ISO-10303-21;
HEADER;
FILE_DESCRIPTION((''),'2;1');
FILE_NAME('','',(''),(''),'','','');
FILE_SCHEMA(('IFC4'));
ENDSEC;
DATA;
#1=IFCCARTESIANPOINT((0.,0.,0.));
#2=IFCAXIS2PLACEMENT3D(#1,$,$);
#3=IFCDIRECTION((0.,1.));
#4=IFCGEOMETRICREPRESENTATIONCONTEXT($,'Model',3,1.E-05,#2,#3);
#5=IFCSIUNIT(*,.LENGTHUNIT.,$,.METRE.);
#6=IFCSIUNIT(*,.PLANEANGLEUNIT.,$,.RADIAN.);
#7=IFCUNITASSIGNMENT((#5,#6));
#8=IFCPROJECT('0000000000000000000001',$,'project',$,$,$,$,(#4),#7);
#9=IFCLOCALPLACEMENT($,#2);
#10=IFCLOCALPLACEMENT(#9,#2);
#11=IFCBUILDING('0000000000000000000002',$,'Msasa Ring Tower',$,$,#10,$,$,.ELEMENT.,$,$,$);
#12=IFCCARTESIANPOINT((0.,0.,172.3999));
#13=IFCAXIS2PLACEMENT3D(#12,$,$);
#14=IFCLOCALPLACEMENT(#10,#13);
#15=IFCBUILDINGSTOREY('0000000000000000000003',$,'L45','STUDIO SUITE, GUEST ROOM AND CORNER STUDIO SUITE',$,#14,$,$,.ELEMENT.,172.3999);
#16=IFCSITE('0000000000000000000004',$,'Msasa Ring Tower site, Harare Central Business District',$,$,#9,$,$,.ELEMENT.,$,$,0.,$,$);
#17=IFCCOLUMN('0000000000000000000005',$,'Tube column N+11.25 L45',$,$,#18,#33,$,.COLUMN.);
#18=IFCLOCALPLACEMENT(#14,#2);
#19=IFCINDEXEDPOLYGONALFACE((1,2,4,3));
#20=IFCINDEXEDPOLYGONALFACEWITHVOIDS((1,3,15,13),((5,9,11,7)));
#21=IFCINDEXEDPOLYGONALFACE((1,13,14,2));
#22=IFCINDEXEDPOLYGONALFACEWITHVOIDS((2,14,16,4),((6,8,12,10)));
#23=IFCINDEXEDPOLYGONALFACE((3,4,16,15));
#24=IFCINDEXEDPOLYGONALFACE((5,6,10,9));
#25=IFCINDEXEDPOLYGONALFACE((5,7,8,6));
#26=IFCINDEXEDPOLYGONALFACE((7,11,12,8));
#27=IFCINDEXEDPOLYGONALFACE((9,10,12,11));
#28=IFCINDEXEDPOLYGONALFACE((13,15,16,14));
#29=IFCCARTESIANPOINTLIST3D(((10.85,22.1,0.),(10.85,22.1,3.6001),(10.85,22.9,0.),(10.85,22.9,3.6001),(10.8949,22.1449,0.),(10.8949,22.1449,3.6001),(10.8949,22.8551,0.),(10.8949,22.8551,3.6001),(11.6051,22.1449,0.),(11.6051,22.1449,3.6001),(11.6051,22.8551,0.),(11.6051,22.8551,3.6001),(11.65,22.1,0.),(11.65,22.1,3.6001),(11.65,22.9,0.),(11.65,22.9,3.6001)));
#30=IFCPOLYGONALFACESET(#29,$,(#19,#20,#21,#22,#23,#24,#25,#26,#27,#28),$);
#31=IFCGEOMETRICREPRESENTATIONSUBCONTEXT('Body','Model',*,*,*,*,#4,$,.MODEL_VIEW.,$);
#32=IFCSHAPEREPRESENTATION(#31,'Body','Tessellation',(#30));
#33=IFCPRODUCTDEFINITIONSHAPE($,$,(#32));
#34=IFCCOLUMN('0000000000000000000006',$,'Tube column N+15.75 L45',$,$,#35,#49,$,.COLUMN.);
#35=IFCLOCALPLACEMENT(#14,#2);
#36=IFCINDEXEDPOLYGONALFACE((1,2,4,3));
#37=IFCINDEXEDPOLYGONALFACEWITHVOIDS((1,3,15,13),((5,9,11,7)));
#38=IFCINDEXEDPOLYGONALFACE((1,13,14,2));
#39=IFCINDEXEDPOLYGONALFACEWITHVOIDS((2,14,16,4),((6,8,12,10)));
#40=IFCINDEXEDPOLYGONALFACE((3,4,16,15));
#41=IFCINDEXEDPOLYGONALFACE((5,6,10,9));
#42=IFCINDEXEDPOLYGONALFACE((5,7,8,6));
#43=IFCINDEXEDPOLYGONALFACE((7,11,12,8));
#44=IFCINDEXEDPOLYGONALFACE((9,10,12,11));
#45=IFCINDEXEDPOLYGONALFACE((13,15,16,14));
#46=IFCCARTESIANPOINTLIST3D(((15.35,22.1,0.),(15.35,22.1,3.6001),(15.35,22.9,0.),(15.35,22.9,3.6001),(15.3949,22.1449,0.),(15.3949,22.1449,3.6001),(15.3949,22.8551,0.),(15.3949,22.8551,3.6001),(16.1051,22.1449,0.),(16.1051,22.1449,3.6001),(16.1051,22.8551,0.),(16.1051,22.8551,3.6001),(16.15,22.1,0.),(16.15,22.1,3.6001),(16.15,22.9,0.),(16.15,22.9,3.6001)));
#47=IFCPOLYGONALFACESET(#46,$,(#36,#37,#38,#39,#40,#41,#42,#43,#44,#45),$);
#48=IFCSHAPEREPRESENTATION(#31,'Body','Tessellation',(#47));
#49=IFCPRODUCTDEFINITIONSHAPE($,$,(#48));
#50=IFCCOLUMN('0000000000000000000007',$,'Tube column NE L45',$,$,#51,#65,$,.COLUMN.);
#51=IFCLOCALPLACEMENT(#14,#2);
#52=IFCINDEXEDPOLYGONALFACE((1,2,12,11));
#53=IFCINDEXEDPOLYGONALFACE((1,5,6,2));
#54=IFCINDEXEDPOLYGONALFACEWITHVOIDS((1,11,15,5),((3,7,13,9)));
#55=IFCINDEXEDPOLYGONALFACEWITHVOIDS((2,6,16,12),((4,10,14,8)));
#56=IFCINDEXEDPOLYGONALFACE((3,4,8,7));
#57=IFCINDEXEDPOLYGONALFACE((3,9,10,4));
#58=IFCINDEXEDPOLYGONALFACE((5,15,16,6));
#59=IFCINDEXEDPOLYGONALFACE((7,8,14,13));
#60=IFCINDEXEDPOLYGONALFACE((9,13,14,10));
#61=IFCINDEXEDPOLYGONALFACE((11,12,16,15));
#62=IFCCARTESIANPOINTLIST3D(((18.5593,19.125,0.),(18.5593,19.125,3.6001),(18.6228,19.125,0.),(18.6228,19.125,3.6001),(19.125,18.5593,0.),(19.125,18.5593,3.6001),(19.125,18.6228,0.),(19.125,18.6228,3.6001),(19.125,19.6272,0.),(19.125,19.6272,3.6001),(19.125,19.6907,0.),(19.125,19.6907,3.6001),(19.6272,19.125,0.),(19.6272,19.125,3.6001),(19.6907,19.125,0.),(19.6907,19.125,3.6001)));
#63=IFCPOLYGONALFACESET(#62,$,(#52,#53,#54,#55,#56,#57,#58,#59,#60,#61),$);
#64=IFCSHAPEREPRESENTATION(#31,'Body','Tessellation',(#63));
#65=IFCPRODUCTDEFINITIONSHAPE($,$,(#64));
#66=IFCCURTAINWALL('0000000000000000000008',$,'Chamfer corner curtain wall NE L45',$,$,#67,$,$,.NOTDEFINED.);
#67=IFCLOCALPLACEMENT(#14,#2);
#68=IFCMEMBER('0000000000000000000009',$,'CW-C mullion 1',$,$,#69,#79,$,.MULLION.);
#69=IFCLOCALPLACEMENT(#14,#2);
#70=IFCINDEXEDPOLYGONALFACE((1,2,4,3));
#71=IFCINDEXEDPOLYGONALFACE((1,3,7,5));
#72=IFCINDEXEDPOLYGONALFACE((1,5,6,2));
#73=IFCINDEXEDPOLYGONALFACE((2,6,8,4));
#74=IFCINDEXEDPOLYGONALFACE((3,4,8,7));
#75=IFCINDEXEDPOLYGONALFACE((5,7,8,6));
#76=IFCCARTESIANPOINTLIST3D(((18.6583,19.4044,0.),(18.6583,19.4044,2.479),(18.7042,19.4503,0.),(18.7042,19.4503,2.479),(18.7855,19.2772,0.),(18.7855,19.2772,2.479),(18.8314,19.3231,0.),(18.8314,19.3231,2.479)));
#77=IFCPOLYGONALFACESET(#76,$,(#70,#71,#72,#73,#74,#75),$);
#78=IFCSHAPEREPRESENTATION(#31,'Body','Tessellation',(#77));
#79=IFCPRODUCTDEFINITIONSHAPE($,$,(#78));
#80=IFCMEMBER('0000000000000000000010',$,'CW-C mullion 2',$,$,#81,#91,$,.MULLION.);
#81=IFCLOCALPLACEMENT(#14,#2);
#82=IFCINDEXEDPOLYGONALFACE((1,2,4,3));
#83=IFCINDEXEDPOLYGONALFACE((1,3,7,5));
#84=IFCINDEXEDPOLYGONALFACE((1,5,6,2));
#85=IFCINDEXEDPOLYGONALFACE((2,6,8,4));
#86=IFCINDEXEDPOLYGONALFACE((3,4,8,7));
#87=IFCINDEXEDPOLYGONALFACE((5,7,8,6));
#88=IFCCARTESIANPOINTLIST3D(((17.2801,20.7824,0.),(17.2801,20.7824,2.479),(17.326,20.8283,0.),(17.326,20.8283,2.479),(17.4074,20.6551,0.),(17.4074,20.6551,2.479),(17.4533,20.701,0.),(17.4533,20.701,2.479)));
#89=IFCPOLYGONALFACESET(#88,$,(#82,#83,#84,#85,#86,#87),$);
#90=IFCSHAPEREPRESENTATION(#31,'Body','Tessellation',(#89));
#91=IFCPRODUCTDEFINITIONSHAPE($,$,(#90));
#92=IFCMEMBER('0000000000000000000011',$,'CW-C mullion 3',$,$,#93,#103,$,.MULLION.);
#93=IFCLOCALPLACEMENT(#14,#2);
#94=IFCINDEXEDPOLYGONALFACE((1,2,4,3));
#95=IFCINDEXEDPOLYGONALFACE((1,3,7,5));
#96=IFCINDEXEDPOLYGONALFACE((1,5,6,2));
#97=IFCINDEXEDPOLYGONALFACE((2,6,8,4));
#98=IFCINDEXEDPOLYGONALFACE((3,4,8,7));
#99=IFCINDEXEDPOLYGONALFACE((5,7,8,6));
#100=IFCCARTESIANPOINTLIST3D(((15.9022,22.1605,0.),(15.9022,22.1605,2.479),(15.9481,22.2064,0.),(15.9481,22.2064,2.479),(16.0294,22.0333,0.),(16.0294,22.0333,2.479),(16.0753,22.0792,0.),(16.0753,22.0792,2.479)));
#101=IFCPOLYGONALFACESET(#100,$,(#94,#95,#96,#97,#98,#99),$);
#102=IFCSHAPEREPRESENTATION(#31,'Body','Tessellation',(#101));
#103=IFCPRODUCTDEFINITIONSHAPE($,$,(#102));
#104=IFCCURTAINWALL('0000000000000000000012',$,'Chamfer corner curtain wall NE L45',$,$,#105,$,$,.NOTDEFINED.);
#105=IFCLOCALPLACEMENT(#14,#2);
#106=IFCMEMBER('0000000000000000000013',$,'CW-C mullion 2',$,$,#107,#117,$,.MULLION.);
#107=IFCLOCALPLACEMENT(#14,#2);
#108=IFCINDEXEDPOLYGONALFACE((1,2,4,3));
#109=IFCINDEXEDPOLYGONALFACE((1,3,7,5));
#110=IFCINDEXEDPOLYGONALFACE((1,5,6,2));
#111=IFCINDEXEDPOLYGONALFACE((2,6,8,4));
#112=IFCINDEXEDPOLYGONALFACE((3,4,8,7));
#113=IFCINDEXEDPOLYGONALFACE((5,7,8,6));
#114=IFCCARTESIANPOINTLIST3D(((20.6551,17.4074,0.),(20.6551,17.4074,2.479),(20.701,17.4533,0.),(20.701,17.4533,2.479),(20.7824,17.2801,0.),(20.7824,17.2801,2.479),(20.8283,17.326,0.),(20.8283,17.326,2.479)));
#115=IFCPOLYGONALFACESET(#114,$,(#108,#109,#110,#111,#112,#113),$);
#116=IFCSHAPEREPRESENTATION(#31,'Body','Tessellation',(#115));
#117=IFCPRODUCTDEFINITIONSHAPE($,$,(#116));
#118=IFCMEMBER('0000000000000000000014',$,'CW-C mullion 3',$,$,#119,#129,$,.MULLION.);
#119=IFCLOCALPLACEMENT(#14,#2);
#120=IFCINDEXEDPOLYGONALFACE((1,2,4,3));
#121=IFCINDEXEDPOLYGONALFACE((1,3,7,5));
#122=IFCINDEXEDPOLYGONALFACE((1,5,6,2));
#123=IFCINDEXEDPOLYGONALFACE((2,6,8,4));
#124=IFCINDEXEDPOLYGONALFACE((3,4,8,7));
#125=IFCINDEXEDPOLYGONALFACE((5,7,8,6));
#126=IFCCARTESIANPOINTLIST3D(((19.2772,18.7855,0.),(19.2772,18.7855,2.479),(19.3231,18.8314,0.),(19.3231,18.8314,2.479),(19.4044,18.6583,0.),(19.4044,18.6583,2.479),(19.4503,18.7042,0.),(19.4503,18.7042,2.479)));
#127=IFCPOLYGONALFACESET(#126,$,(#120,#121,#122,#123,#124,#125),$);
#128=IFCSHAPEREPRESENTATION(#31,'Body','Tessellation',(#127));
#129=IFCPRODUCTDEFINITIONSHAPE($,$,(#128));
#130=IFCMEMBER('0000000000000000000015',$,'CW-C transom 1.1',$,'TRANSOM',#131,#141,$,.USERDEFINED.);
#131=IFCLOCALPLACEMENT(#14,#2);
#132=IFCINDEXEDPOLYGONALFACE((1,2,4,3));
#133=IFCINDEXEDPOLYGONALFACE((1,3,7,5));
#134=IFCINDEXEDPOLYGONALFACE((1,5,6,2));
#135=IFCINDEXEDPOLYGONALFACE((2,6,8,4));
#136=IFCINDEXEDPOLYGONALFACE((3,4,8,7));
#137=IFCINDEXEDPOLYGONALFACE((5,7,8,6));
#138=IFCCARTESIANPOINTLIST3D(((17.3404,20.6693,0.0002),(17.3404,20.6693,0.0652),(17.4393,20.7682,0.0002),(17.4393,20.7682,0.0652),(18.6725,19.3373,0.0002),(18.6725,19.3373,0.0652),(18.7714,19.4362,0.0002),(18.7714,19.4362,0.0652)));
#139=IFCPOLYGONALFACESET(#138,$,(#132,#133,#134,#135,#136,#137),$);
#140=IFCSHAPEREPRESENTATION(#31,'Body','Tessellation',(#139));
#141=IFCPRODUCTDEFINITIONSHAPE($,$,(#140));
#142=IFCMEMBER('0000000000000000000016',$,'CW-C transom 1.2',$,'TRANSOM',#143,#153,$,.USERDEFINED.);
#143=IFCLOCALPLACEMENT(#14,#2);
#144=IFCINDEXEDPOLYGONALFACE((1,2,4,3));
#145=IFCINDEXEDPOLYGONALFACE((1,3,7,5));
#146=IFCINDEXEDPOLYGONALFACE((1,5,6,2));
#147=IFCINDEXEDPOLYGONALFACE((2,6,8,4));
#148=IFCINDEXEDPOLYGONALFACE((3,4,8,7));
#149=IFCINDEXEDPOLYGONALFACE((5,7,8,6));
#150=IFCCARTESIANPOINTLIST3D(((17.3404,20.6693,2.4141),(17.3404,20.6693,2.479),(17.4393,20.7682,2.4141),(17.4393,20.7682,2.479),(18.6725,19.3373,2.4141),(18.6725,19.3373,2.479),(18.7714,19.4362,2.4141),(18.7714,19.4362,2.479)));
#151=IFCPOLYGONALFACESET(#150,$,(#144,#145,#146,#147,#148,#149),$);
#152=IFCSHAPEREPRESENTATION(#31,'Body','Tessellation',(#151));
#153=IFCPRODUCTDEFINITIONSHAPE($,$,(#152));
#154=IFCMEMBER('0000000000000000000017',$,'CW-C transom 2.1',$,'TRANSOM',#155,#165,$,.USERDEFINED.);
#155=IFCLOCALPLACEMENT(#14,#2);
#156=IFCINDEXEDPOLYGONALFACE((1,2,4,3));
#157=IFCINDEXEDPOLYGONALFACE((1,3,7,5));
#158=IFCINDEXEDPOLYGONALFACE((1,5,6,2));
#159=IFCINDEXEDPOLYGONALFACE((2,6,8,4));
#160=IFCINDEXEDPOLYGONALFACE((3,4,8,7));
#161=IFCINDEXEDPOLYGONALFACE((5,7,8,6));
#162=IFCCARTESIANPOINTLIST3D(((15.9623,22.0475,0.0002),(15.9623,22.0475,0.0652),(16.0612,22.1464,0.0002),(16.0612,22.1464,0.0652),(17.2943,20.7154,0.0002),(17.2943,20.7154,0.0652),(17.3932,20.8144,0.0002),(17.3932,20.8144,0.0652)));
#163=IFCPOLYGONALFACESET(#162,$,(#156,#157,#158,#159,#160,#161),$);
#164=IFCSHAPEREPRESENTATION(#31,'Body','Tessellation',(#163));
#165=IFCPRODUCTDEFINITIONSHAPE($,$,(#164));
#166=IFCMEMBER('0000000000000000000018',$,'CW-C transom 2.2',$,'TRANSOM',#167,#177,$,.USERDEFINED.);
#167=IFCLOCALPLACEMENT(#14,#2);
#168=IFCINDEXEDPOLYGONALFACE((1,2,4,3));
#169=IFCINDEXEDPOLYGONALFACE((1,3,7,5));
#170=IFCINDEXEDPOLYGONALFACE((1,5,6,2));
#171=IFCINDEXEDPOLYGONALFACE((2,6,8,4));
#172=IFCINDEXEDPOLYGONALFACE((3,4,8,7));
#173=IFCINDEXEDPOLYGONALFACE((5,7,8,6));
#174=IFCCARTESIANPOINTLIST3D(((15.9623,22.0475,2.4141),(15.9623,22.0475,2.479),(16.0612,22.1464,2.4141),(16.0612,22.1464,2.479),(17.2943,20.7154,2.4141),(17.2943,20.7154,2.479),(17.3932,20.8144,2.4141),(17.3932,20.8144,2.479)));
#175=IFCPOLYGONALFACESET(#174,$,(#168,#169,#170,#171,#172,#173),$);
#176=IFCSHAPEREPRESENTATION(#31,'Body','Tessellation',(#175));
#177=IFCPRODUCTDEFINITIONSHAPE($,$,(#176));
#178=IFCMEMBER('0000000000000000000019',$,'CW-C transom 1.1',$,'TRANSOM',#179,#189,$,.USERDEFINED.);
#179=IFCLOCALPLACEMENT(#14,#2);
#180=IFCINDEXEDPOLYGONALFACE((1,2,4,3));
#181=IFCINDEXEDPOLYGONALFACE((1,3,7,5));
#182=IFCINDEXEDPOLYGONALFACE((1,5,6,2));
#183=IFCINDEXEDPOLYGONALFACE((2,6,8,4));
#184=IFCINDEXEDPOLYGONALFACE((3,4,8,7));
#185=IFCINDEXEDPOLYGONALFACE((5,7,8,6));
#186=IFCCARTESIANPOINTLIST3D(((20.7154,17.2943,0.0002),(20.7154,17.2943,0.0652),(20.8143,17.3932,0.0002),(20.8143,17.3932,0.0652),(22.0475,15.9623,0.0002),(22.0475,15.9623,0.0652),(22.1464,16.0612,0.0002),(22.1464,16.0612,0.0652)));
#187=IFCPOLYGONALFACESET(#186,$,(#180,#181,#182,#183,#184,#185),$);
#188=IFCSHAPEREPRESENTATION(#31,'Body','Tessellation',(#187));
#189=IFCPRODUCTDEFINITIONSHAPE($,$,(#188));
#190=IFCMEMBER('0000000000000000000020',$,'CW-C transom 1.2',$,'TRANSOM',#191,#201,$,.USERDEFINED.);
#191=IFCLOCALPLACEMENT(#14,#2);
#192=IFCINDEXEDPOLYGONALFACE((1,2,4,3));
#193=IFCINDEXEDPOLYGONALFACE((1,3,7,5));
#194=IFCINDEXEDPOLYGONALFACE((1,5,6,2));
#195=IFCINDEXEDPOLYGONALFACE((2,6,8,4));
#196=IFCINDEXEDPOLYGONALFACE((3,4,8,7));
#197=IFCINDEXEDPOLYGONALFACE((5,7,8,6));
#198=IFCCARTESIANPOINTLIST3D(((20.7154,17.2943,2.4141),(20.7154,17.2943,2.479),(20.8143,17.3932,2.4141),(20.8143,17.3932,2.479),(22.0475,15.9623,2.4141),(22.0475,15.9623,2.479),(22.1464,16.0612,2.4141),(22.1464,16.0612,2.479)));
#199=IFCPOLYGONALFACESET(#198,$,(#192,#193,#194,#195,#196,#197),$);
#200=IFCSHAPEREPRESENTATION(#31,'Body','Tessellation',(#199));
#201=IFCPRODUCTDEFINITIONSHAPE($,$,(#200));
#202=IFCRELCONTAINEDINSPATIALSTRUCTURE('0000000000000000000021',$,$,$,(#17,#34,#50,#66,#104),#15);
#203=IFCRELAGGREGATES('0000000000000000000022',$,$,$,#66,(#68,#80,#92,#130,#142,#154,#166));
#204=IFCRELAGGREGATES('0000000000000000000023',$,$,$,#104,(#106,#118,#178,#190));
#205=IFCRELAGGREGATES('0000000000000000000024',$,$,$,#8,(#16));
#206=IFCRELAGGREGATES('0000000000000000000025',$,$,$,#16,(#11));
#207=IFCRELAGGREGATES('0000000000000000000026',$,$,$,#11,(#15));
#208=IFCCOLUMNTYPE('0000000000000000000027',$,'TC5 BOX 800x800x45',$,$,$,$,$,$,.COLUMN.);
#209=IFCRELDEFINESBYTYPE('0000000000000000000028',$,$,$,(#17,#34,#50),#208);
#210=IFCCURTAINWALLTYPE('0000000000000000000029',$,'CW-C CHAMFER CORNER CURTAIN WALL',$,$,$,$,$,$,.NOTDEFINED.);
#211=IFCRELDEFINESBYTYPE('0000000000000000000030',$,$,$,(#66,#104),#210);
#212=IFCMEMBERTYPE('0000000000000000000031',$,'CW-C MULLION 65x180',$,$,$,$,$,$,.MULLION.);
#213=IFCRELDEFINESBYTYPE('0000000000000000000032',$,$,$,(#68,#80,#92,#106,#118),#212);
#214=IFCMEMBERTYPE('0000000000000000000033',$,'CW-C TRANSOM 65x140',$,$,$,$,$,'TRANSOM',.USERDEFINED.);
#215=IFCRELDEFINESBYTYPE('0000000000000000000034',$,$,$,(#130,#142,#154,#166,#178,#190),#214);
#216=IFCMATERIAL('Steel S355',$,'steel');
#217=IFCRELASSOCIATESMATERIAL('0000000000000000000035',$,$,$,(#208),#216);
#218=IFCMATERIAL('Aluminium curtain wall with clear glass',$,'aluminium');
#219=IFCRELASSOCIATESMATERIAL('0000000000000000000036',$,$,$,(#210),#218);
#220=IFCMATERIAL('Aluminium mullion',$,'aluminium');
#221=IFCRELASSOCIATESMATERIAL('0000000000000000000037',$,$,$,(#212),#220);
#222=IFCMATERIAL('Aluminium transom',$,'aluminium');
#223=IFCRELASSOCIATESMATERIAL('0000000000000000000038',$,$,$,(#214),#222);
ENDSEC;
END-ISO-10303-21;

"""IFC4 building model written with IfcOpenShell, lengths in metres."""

from ifc_helpers import new_model, si_unit, direction, frame, origin, origin_2d, place, context, subcontext, project, spatial, rectangle, hollow_rectangle, extrude, material, material_profile, profile_set, type_object, element, aggregate, save


model = new_model("IFC4")

# Units and contexts
model_context = context("Model", 3, precision=1e-05, world=origin(), true_north=direction((0.0, 1.0)))
body_context = subcontext(model_context, "Body", "Model", "MODEL_VIEW")
ifc_project = project(units=[si_unit("LENGTHUNIT", "METRE"), si_unit("PLANEANGLEUNIT", "RADIAN")], contexts=[model_context])

# Site, building, storey
site_placement = place(None, origin())
site = spatial("IfcSite", under=ifc_project, at=site_placement, Name="Msasa Ring Tower site, Harare Central Business District", CompositionType="ELEMENT", RefElevation=0.0)
building_placement = place(site_placement, origin())
building = spatial("IfcBuilding", under=site, at=building_placement, Name="Msasa Ring Tower", CompositionType="ELEMENT")
storey_placement = place(building_placement, frame((0.0, 0.0, 172.3999)))
storey = spatial("IfcBuildingStorey", under=building, at=storey_placement, Name="L45", Description="STUDIO SUITE, GUEST ROOM AND CORNER STUDIO SUITE", CompositionType="ELEMENT", Elevation=172.3999)

# Columns
ifc_material_1 = material(Name="Steel S355", Category="steel")
ifc_material_profile_1 = material_profile(ifc_material_1, hollow_rectangle(XDim=0.8, YDim=0.8, WallThickness=0.0449, at=origin_2d()), Name="BOX 800x800x45")
ifc_profile_set_1 = profile_set([ifc_material_profile_1], Name="Steel S355")
column_type = type_object("IfcColumnType", Name="TC5 BOX 800x800x45", PredefinedType="COLUMN", material=ifc_profile_set_1)
for number, where, z_axis, x_axis, name in (
    (1, (11.25, 22.5, 0.0), (0.0, 0.0, 1.0), (0.0, 1.0, 0.0), "Tube column N+11.25 L45"),
    (2, (15.75, 22.5, 0.0), (0.0, 0.0, 1.0), (0.0, 1.0, 0.0), "Tube column N+15.75 L45"),
    (3, (19.125, 19.125, 0.0), (0.0, 0.0, 1.0), (0.707107, 0.707107, 0.0), "Tube column NE L45"),
):
    element("IfcColumn", number, at=place(storey_placement, frame(where, z_axis=z_axis, x_axis=x_axis)), inside=storey, type_object=column_type, Name=name, PredefinedType="COLUMN", context=body_context, shape_type="SweptSolid", body=[
        extrude(hollow_rectangle(XDim=0.8, YDim=0.8, WallThickness=0.0449, at=origin_2d()), origin(), (0.0, 0.0, 1.0), 3.6001),
    ])

# Curtain walls, members
ifc_material_2 = material(Name="Aluminium curtain wall with clear glass", Category="aluminium")
curtain_wall_type = type_object("IfcCurtainWallType", Name="CW-C CHAMFER CORNER CURTAIN WALL", PredefinedType="NOTDEFINED", material=ifc_material_2)
curtain_wall_1_placement = place(storey_placement, origin())
curtain_wall_1 = element("IfcCurtainWall", 4, at=curtain_wall_1_placement, inside=storey, type_object=curtain_wall_type, Name="Chamfer corner curtain wall NE L45", PredefinedType="NOTDEFINED")
ifc_material_3 = material(Name="Aluminium mullion", Category="aluminium")
ifc_material_profile_2 = material_profile(ifc_material_3, rectangle(XDim=0.0649, YDim=0.1799, at=origin_2d()), Name="AL 65x180")
ifc_profile_set_2 = profile_set([ifc_material_profile_2], Name="Aluminium mullion")
member_type_1 = type_object("IfcMemberType", Name="CW-C MULLION 65x180", PredefinedType="MULLION", material=ifc_profile_set_2)
member_1_placement = place(storey_placement, frame((18.7449, 19.3638, 0.0), z_axis=(0.0, 0.0, 1.0), x_axis=(-0.707107, -0.707107, 0.0)))
member_1 = element("IfcMember", 5, at=member_1_placement, type_object=member_type_1, Name="CW-C mullion 1", PredefinedType="MULLION", context=body_context, shape_type="SweptSolid", body=[
    extrude(rectangle(XDim=0.0649, YDim=0.1799, at=origin_2d()), origin(), (0.0, 0.0, 1.0), 2.479),
])
member_2_placement = place(storey_placement, frame((17.3667, 20.7417, 0.0), z_axis=(0.0, 0.0, 1.0), x_axis=(-0.707107, -0.707107, 0.0)))
member_2 = element("IfcMember", 6, at=member_2_placement, type_object=member_type_1, Name="CW-C mullion 2", PredefinedType="MULLION", context=body_context, shape_type="SweptSolid", body=[
    extrude(rectangle(XDim=0.0649, YDim=0.1799, at=origin_2d()), origin(), (0.0, 0.0, 1.0), 2.479),
])
member_3_placement = place(storey_placement, frame((15.9888, 22.1199, 0.0), z_axis=(0.0, 0.0, 1.0), x_axis=(-0.707107, -0.707107, 0.0)))
member_3 = element("IfcMember", 7, at=member_3_placement, type_object=member_type_1, Name="CW-C mullion 3", PredefinedType="MULLION", context=body_context, shape_type="SweptSolid", body=[
    extrude(rectangle(XDim=0.0649, YDim=0.1799, at=origin_2d()), origin(), (0.0, 0.0, 1.0), 2.479),
])
curtain_wall_2_placement = place(storey_placement, origin())
curtain_wall_2 = element("IfcCurtainWall", 8, at=curtain_wall_2_placement, inside=storey, type_object=curtain_wall_type, Name="Chamfer corner curtain wall NE L45", PredefinedType="NOTDEFINED")
member_4_placement = place(storey_placement, frame((20.7417, 17.3667, 0.0), z_axis=(0.0, 0.0, 1.0), x_axis=(-0.707107, -0.707107, 0.0)))
member_4 = element("IfcMember", 9, at=member_4_placement, type_object=member_type_1, Name="CW-C mullion 2", PredefinedType="MULLION", context=body_context, shape_type="SweptSolid", body=[
    extrude(rectangle(XDim=0.0649, YDim=0.1799, at=origin_2d()), origin(), (0.0, 0.0, 1.0), 2.479),
])
member_5_placement = place(storey_placement, frame((19.3638, 18.7449, 0.0), z_axis=(0.0, 0.0, 1.0), x_axis=(-0.707107, -0.707107, 0.0)))
member_5 = element("IfcMember", 10, at=member_5_placement, type_object=member_type_1, Name="CW-C mullion 3", PredefinedType="MULLION", context=body_context, shape_type="SweptSolid", body=[
    extrude(rectangle(XDim=0.0649, YDim=0.1799, at=origin_2d()), origin(), (0.0, 0.0, 1.0), 2.479),
])

# Members
ifc_material_4 = material(Name="Aluminium transom", Category="aluminium")
ifc_material_profile_3 = material_profile(ifc_material_4, rectangle(XDim=0.1399, YDim=0.0649, at=origin_2d()), Name="AL 65x140")
ifc_profile_set_3 = profile_set([ifc_material_profile_3], Name="Aluminium transom")
member_type_2 = type_object("IfcMemberType", Name="CW-C TRANSOM 65x140", ElementType="TRANSOM", PredefinedType="USERDEFINED", material=ifc_profile_set_3)
member_6_placement = place(storey_placement, frame((18.7219, 19.3867, 0.0327), z_axis=(-0.707107, 0.707107, 0.0), x_axis=(-0.707107, -0.707107, 0.0)))
member_6 = element("IfcMember", 11, at=member_6_placement, type_object=member_type_2, Name="CW-C transom 1.1", ObjectType="TRANSOM", PredefinedType="USERDEFINED", context=body_context, shape_type="SweptSolid", body=[
    extrude(rectangle(XDim=0.1399, YDim=0.0649, at=origin_2d()), origin(), (0.0, 0.0, 1.0), 1.8838),
])
member_7_placement = place(storey_placement, frame((18.7219, 19.3867, 2.4465), z_axis=(-0.707107, 0.707107, 0.0), x_axis=(-0.707107, -0.707107, 0.0)))
member_7 = element("IfcMember", 12, at=member_7_placement, type_object=member_type_2, Name="CW-C transom 1.2", ObjectType="TRANSOM", PredefinedType="USERDEFINED", context=body_context, shape_type="SweptSolid", body=[
    extrude(rectangle(XDim=0.1399, YDim=0.0649, at=origin_2d()), origin(), (0.0, 0.0, 1.0), 1.8838),
])
member_8_placement = place(storey_placement, frame((17.3438, 20.7649, 0.0327), z_axis=(-0.707107, 0.707107, 0.0), x_axis=(-0.707107, -0.707107, 0.0)))
member_8 = element("IfcMember", 13, at=member_8_placement, type_object=member_type_2, Name="CW-C transom 2.1", ObjectType="TRANSOM", PredefinedType="USERDEFINED", context=body_context, shape_type="SweptSolid", body=[
    extrude(rectangle(XDim=0.1399, YDim=0.0649, at=origin_2d()), origin(), (0.0, 0.0, 1.0), 1.8838),
])
member_9_placement = place(storey_placement, frame((17.3438, 20.7649, 2.4465), z_axis=(-0.707107, 0.707107, 0.0), x_axis=(-0.707107, -0.707107, 0.0)))
member_9 = element("IfcMember", 14, at=member_9_placement, type_object=member_type_2, Name="CW-C transom 2.2", ObjectType="TRANSOM", PredefinedType="USERDEFINED", context=body_context, shape_type="SweptSolid", body=[
    extrude(rectangle(XDim=0.1399, YDim=0.0649, at=origin_2d()), origin(), (0.0, 0.0, 1.0), 1.8838),
])
member_10_placement = place(storey_placement, frame((22.0969, 16.0117, 0.0327), z_axis=(-0.707107, 0.707107, 0.0), x_axis=(-0.707107, -0.707107, 0.0)))
member_10 = element("IfcMember", 15, at=member_10_placement, type_object=member_type_2, Name="CW-C transom 1.1", ObjectType="TRANSOM", PredefinedType="USERDEFINED", context=body_context, shape_type="SweptSolid", body=[
    extrude(rectangle(XDim=0.1399, YDim=0.0649, at=origin_2d()), origin(), (0.0, 0.0, 1.0), 1.8838),
])
member_11_placement = place(storey_placement, frame((22.0969, 16.0117, 2.4465), z_axis=(-0.707107, 0.707107, 0.0), x_axis=(-0.707107, -0.707107, 0.0)))
member_11 = element("IfcMember", 16, at=member_11_placement, type_object=member_type_2, Name="CW-C transom 1.2", ObjectType="TRANSOM", PredefinedType="USERDEFINED", context=body_context, shape_type="SweptSolid", body=[
    extrude(rectangle(XDim=0.1399, YDim=0.0649, at=origin_2d()), origin(), (0.0, 0.0, 1.0), 1.8838),
])

aggregate(curtain_wall_1, [member_1, member_2, member_3, member_6, member_7, member_8, member_9])
aggregate(curtain_wall_2, [member_4, member_5, member_10, member_11])

save(model, "model.ifc")
